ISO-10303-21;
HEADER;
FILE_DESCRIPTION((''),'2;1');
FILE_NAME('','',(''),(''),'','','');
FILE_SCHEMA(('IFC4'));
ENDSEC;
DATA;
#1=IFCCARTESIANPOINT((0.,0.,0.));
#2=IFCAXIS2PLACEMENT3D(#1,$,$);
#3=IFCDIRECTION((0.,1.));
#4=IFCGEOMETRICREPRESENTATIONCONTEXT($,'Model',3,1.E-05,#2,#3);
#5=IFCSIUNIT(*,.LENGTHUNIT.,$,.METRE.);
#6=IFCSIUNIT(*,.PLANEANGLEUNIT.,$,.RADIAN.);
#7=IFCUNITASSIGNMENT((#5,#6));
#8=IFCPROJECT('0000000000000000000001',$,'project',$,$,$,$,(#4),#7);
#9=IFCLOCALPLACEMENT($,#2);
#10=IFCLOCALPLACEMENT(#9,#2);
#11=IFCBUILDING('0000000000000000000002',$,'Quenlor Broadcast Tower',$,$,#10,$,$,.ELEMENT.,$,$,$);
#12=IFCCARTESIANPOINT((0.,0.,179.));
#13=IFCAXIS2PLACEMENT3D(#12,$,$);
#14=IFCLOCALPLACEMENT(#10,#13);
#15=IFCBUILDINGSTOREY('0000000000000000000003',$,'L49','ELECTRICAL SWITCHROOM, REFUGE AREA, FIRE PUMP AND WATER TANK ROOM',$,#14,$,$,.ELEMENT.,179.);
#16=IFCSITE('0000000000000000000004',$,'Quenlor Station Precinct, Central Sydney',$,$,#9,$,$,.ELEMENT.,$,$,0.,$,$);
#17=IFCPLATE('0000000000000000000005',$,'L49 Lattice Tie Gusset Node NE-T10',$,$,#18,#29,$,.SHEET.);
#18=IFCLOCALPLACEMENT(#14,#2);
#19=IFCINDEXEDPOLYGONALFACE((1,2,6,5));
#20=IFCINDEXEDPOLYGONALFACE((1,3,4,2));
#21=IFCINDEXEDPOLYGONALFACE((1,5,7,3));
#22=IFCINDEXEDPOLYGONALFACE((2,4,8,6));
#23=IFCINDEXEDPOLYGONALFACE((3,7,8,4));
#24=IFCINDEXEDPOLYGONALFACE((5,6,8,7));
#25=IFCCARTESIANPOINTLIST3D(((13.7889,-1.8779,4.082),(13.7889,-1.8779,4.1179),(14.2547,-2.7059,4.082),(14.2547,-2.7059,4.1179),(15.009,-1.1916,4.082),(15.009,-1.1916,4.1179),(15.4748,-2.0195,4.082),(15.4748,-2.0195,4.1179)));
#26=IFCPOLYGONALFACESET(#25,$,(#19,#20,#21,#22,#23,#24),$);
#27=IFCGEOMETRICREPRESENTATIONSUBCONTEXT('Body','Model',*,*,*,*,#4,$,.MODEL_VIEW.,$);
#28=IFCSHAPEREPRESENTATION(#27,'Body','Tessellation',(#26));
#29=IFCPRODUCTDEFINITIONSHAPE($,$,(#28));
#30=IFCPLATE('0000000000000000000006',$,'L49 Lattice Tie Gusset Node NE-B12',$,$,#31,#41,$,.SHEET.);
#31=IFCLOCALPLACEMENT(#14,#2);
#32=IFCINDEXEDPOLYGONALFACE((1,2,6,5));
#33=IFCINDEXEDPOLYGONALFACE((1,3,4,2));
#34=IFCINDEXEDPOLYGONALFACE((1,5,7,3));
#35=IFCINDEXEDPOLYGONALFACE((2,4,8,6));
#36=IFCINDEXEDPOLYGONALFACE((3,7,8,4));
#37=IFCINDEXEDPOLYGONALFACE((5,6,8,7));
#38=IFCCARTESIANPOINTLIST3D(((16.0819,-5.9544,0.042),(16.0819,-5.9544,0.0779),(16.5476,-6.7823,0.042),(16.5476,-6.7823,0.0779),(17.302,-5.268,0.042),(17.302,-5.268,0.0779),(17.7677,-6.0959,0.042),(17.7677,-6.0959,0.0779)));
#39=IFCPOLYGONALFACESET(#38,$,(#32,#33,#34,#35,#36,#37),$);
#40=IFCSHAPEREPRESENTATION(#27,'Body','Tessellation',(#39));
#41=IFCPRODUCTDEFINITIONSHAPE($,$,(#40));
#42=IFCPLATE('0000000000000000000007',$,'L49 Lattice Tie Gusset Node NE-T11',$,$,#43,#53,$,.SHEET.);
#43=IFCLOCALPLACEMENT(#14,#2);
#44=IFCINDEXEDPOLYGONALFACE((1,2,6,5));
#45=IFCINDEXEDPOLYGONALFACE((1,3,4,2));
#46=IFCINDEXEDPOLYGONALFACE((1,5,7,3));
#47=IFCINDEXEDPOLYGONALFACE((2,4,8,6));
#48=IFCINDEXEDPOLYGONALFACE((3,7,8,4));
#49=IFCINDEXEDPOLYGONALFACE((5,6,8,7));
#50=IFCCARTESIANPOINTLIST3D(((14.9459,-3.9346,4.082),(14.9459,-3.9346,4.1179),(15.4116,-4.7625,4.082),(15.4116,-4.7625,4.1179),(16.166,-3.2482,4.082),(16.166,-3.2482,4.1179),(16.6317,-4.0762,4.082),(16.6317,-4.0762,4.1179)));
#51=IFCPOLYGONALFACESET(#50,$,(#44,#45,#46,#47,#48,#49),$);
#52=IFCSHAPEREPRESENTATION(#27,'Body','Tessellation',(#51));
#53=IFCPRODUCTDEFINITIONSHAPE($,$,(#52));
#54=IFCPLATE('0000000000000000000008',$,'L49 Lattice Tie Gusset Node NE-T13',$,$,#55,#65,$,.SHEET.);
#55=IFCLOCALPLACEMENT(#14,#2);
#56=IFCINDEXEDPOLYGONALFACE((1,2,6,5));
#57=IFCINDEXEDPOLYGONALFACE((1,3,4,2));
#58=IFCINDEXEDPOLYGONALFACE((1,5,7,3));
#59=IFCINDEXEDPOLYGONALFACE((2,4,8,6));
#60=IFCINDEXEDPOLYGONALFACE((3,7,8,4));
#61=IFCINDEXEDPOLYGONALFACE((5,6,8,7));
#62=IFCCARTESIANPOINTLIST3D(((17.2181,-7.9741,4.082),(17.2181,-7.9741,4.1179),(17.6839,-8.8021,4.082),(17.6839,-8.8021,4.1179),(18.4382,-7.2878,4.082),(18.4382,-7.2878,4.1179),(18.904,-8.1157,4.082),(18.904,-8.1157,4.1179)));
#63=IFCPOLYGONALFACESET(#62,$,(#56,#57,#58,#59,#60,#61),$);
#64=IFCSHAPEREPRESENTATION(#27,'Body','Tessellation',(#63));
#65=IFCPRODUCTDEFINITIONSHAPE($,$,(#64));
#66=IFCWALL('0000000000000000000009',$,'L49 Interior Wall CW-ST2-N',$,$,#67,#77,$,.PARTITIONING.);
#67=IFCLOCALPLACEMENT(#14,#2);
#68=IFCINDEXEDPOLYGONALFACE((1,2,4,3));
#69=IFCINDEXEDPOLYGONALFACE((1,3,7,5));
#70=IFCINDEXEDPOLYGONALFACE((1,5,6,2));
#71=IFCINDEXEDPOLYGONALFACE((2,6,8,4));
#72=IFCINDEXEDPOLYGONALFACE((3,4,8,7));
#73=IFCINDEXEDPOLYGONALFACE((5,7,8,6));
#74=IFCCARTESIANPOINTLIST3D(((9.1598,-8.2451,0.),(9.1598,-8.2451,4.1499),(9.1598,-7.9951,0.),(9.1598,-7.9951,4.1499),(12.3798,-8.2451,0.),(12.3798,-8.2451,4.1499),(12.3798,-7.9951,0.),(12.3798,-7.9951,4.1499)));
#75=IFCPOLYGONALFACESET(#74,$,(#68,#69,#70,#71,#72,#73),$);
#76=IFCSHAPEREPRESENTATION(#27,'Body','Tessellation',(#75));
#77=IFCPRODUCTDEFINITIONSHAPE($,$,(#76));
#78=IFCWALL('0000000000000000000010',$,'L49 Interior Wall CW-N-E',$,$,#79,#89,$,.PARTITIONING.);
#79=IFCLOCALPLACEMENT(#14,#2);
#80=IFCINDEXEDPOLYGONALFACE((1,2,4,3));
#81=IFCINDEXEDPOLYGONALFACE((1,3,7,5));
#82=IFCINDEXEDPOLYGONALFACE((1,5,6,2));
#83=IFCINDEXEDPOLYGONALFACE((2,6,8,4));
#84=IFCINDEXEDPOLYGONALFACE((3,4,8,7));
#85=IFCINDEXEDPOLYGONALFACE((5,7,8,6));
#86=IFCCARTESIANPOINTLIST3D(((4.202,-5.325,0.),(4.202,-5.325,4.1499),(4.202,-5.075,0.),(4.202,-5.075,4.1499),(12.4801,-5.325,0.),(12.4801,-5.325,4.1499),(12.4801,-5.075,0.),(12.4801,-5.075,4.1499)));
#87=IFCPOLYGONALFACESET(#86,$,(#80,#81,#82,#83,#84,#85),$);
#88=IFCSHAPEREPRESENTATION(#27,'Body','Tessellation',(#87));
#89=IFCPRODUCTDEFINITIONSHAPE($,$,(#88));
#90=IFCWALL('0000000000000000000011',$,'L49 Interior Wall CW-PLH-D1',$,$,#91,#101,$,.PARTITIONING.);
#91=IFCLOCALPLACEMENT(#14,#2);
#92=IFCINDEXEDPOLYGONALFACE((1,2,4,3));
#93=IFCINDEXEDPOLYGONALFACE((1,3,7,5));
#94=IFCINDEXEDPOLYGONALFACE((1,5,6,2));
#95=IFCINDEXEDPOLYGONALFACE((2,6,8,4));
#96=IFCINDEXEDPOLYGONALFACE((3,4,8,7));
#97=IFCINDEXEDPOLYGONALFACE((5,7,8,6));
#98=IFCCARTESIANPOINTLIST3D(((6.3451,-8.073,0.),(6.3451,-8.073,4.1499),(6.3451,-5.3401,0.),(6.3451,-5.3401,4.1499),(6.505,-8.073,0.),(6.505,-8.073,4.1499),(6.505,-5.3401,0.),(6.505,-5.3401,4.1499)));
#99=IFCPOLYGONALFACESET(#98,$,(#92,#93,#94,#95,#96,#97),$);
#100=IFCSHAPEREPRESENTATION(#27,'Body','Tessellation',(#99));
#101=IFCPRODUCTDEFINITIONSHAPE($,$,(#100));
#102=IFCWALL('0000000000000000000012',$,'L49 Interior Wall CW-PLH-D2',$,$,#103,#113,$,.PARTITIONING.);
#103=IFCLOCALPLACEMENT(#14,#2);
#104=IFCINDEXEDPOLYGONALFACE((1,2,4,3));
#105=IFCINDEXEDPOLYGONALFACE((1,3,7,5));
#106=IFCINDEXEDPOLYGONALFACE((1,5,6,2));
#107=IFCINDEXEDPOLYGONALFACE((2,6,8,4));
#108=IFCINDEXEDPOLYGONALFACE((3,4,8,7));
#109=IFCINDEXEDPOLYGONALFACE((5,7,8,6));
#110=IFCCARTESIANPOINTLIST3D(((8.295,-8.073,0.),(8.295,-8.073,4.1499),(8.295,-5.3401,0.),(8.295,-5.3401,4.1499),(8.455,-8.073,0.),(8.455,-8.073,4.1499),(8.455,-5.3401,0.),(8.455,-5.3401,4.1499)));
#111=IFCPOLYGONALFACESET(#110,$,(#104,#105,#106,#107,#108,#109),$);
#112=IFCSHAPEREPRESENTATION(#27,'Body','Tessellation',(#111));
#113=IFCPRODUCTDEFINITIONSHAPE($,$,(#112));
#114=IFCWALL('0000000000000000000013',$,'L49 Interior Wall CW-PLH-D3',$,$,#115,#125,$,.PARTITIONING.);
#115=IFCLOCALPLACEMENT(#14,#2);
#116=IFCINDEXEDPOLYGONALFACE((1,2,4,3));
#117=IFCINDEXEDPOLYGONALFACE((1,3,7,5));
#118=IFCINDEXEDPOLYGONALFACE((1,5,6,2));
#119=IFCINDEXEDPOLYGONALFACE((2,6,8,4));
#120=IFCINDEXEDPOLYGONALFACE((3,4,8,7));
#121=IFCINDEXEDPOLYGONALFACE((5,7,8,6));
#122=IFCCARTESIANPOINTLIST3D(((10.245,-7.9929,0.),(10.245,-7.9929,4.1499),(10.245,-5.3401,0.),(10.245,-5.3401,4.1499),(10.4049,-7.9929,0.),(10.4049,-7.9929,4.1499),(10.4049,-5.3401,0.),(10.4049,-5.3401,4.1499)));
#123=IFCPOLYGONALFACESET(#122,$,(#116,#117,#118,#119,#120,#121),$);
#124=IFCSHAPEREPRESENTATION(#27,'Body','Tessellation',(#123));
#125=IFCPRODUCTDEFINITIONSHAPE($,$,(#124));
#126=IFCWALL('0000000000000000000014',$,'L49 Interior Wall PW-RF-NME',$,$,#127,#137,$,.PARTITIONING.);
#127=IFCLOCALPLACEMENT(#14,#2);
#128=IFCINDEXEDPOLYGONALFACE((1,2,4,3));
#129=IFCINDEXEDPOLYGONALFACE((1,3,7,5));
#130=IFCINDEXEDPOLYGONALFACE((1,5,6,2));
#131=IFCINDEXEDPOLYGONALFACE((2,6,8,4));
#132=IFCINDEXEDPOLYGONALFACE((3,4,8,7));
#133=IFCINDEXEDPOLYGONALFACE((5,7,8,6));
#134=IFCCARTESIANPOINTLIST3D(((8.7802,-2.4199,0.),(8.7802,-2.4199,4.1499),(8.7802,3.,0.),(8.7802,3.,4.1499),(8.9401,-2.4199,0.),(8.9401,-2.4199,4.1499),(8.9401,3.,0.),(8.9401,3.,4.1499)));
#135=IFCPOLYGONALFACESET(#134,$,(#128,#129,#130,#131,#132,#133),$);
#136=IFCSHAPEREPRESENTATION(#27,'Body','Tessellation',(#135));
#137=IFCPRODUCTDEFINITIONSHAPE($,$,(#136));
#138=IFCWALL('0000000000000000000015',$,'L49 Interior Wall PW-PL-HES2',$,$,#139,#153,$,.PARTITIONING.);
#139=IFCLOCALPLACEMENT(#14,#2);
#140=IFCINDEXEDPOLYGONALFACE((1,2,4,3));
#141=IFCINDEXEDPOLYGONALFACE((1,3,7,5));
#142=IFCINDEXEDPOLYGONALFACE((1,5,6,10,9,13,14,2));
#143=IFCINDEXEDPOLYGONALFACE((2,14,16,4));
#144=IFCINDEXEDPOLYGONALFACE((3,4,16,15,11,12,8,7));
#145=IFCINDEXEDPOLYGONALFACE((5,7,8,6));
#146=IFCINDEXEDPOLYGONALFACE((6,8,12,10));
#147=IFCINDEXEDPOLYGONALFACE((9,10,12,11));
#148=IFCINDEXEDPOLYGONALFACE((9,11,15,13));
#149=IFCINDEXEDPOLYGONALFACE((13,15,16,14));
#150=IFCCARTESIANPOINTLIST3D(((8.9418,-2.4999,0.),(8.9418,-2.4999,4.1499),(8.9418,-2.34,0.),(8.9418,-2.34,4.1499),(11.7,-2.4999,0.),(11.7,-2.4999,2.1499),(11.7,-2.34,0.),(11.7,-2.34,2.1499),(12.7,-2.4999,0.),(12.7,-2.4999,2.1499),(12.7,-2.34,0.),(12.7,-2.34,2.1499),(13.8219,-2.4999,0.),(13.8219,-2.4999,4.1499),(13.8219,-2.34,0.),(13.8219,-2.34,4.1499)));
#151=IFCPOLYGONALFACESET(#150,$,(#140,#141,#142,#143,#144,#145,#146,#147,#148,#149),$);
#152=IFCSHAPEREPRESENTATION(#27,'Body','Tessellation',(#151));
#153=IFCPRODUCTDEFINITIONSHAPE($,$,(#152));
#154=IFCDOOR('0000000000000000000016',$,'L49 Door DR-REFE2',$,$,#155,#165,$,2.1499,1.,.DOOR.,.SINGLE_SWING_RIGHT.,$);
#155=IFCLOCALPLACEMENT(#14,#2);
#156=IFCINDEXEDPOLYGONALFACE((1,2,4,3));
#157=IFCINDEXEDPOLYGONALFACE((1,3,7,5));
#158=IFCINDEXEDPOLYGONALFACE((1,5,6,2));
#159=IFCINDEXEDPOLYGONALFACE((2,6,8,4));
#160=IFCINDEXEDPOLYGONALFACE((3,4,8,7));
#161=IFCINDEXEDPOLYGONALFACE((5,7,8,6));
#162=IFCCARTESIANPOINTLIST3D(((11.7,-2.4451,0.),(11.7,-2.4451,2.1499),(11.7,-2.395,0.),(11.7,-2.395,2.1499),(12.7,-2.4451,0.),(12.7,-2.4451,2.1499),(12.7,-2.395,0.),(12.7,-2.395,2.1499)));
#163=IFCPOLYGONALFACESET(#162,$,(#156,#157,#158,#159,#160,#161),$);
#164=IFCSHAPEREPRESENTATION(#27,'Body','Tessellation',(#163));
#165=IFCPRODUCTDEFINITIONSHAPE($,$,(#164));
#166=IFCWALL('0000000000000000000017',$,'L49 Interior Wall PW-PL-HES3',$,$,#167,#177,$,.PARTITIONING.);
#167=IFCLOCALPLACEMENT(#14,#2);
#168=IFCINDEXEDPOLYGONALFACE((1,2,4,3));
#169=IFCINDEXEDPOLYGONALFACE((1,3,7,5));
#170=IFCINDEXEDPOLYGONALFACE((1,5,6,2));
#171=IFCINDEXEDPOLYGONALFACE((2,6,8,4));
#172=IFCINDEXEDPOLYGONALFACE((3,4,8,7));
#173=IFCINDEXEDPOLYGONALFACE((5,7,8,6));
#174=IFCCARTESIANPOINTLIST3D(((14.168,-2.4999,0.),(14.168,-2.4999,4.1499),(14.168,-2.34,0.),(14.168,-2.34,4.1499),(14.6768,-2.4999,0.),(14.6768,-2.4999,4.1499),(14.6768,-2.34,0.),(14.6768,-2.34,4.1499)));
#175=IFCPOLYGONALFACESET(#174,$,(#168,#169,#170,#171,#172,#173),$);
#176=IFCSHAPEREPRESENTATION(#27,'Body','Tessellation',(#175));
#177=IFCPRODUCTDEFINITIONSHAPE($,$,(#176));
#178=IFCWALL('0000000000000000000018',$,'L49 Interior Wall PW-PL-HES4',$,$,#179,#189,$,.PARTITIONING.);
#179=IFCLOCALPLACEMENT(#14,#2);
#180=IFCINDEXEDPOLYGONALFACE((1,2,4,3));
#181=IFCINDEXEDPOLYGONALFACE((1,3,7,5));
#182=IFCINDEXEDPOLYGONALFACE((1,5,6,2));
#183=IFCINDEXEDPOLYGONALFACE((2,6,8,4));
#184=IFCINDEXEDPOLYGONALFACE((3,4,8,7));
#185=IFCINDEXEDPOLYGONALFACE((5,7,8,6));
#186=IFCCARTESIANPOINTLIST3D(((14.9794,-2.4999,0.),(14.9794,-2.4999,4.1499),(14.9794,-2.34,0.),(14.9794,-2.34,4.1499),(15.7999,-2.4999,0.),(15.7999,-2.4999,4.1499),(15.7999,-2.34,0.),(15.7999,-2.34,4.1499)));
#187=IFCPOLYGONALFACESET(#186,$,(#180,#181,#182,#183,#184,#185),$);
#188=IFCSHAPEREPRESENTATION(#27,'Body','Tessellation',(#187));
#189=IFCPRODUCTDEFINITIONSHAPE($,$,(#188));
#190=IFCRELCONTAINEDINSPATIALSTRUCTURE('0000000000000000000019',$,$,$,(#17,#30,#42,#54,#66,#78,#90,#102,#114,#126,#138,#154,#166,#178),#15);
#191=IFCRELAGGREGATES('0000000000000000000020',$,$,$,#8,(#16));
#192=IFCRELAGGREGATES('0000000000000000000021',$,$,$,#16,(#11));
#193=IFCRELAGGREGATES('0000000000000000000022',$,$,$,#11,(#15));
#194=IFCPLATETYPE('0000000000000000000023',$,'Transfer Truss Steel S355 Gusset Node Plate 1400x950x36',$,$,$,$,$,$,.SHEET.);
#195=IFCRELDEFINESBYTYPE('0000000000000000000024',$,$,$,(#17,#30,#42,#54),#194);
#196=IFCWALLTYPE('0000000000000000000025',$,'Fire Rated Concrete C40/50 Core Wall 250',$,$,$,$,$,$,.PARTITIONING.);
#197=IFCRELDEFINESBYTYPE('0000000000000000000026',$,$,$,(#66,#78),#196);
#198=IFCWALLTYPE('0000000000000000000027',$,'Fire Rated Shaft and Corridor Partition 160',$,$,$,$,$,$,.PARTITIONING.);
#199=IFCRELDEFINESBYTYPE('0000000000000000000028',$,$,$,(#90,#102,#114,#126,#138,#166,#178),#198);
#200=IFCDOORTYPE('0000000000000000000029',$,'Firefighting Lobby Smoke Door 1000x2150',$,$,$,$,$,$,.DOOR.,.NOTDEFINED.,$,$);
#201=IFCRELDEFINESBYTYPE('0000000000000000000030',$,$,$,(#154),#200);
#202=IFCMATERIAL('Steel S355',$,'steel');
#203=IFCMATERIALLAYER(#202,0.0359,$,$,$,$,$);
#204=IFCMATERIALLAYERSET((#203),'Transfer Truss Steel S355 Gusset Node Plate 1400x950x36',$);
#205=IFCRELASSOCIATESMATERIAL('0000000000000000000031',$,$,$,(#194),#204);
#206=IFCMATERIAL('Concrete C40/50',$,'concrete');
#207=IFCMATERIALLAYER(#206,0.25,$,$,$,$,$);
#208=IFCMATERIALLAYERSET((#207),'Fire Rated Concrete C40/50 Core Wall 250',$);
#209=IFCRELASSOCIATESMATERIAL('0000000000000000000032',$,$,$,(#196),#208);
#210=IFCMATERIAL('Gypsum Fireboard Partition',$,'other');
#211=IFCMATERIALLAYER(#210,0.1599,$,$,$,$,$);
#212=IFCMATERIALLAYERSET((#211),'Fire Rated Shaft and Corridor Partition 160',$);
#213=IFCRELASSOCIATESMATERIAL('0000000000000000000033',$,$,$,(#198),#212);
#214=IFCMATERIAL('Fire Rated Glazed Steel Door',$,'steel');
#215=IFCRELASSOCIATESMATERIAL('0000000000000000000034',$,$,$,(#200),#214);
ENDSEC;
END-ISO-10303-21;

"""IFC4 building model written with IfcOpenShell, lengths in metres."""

from ifc_helpers import new_model, si_unit, direction, frame, frame_2d, origin, origin_2d, place, context, subcontext, project, spatial, rectangle, extrude, material, layer, layer_set, type_object, element, fill, save


model = new_model("IFC4")

# Units and contexts
model_context = context("Model", 3, precision=1e-05, world=origin(), true_north=direction((0.0, 1.0)))
body_context = subcontext(model_context, "Body", "Model", "MODEL_VIEW")
ifc_project = project(units=[si_unit("LENGTHUNIT", "METRE"), si_unit("PLANEANGLEUNIT", "RADIAN")], contexts=[model_context])

# Site, building, storey
site_placement = place(None, origin())
site = spatial("IfcSite", under=ifc_project, at=site_placement, Name="Quenlor Station Precinct, Central Sydney", CompositionType="ELEMENT", RefElevation=0.0)
building_placement = place(site_placement, origin())
building = spatial("IfcBuilding", under=site, at=building_placement, Name="Quenlor Broadcast Tower", CompositionType="ELEMENT")
storey_placement = place(building_placement, frame((0.0, 0.0, 179.0)))
storey = spatial("IfcBuildingStorey", under=building, at=storey_placement, Name="L49", Description="ELECTRICAL SWITCHROOM, REFUGE AREA, FIRE PUMP AND WATER TANK ROOM", CompositionType="ELEMENT", Elevation=179.0)

# Plates
ifc_material_1 = material(Name="Steel S355", Category="steel")
ifc_layer_1 = layer(ifc_material_1, 0.0359)
ifc_layer_set_1 = layer_set([ifc_layer_1], Name="Transfer Truss Steel S355 Gusset Node Plate 1400x950x36")
plate_type = type_object("IfcPlateType", Name="Transfer Truss Steel S355 Gusset Node Plate 1400x950x36", PredefinedType="SHEET", material=ifc_layer_set_1)
for number, where, z_axis, x_axis, name in (
    (1, (14.6318, -1.9487, 4.082), (0.0, 0.0, 1.0), (0.871556, 0.490295, 0.0), "L49 Lattice Tie Gusset Node NE-T10"),
    (2, (16.9248, -6.0251, 0.042), (0.0, 0.0, 1.0), (0.871556, 0.490295, 0.0), "L49 Lattice Tie Gusset Node NE-B12"),
    (3, (15.7888, -4.0054, 4.082), (0.0, 0.0, 1.0), (0.871556, 0.490295, 0.0), "L49 Lattice Tie Gusset Node NE-T11"),
    (4, (18.061, -8.0449, 4.082), (0.0, 0.0, 1.0), (0.871556, 0.490295, 0.0), "L49 Lattice Tie Gusset Node NE-T13"),
):
    element("IfcPlate", number, at=place(storey_placement, frame(where, z_axis=z_axis, x_axis=x_axis)), inside=storey, type_object=plate_type, Name=name, PredefinedType="SHEET", context=body_context, shape_type="SweptSolid", body=[
        extrude(rectangle(XDim=1.3999, YDim=0.95, at=origin_2d()), origin(), (0.0, 0.0, 1.0), 0.0359),
    ])

# Walls
ifc_material_2 = material(Name="Concrete C40/50", Category="concrete")
ifc_layer_2 = layer(ifc_material_2, 0.25)
ifc_layer_set_2 = layer_set([ifc_layer_2], Name="Fire Rated Concrete C40/50 Core Wall 250")
wall_type_1 = type_object("IfcWallType", Name="Fire Rated Concrete C40/50 Core Wall 250", PredefinedType="PARTITIONING", material=ifc_layer_set_2)
wall_1_placement = place(storey_placement, frame((9.1599, -8.1201, 0.0), z_axis=(0.0, 0.0, 1.0), x_axis=(1.0, 0.0, 0.0)))
element("IfcWall", 5, at=wall_1_placement, inside=storey, type_object=wall_type_1, Name="L49 Interior Wall CW-ST2-N", PredefinedType="PARTITIONING", context=body_context, shape_type="SweptSolid", body=[
    extrude(rectangle(XDim=3.22, YDim=0.25, at=frame_2d((1.6099, 0.0))), origin(), (0.0, 0.0, 1.0), 4.1499),
])
wall_2_placement = place(storey_placement, frame((4.2019, -5.2, 0.0), z_axis=(0.0, 0.0, 1.0), x_axis=(1.0, 0.0, 0.0)))
element("IfcWall", 6, at=wall_2_placement, inside=storey, type_object=wall_type_1, Name="L49 Interior Wall CW-N-E", PredefinedType="PARTITIONING", context=body_context, shape_type="SweptSolid", body=[
    extrude(rectangle(XDim=8.2781, YDim=0.25, at=frame_2d((4.1392, 0.0))), origin(), (0.0, 0.0, 1.0), 4.1499),
])
ifc_material_3 = material(Name="Gypsum Fireboard Partition", Category="other")
ifc_layer_3 = layer(ifc_material_3, 0.1599)
ifc_layer_set_3 = layer_set([ifc_layer_3], Name="Fire Rated Shaft and Corridor Partition 160")
wall_type_2 = type_object("IfcWallType", Name="Fire Rated Shaft and Corridor Partition 160", PredefinedType="PARTITIONING", material=ifc_layer_set_3)
for number, where, z_axis, x_axis, name in (
    (7, (6.425, -8.073, 0.0), (0.0, 0.0, 1.0), (0.0, 1.0, 0.0), "L49 Interior Wall CW-PLH-D1"),
    (8, (8.375, -8.073, 0.0), (0.0, 0.0, 1.0), (0.0, 1.0, 0.0), "L49 Interior Wall CW-PLH-D2"),
):
    element("IfcWall", number, at=place(storey_placement, frame(where, z_axis=z_axis, x_axis=x_axis)), inside=storey, type_object=wall_type_2, Name=name, PredefinedType="PARTITIONING", context=body_context, shape_type="SweptSolid", body=[
        extrude(rectangle(XDim=2.7329, YDim=0.1599, at=frame_2d((1.3665, 0.0))), origin(), (0.0, 0.0, 1.0), 4.1499),
    ])
wall_3_placement = place(storey_placement, frame((10.325, -7.9929, 0.0), z_axis=(0.0, 0.0, 1.0), x_axis=(0.0, 1.0, 0.0)))
element("IfcWall", 9, at=wall_3_placement, inside=storey, type_object=wall_type_2, Name="L49 Interior Wall CW-PLH-D3", PredefinedType="PARTITIONING", context=body_context, shape_type="SweptSolid", body=[
    extrude(rectangle(XDim=2.6528, YDim=0.1599, at=frame_2d((1.3264, 0.0))), origin(), (0.0, 0.0, 1.0), 4.1499),
])
wall_4_placement = place(storey_placement, frame((8.8601, -2.4199, 0.0), z_axis=(0.0, 0.0, 1.0), x_axis=(0.0, 1.0, 0.0)))
element("IfcWall", 10, at=wall_4_placement, inside=storey, type_object=wall_type_2, Name="L49 Interior Wall PW-RF-NME", PredefinedType="PARTITIONING", context=body_context, shape_type="SweptSolid", body=[
    extrude(rectangle(XDim=5.4199, YDim=0.1599, at=frame_2d((2.71, 0.0))), origin(), (0.0, 0.0, 1.0), 4.1499),
])

# Wall, opening, door
wall_5_placement = place(storey_placement, frame((8.9419, -2.4199, 0.0), z_axis=(0.0, 0.0, 1.0), x_axis=(1.0, 0.0, 0.0)))
wall_5 = element("IfcWall", 11, at=wall_5_placement, inside=storey, type_object=wall_type_2, Name="L49 Interior Wall PW-PL-HES2", PredefinedType="PARTITIONING", context=body_context, shape_type="SweptSolid", body=[
    extrude(rectangle(XDim=4.8801, YDim=0.1599, at=frame_2d((2.4399, 0.0))), origin(), (0.0, 0.0, 1.0), 4.1499),
])
opening_1_placement = place(wall_5_placement, frame((2.7581, 0.0, 0.0)))
opening_1 = element("IfcOpeningElement", 12, at=opening_1_placement, cuts=wall_5, PredefinedType="OPENING", context=body_context, shape_type="SweptSolid", body=[
    extrude(rectangle(XDim=1.0, YDim=2.1499, at=frame_2d((0.5, 1.075))), frame((0.0, 0.0898, 0.0), z_axis=(0.0, -1.0, 0.0), x_axis=(1.0, 0.0, 0.0)), (0.0, 0.0, 1.0), 0.1799),
])
ifc_material_4 = material(Name="Fire Rated Glazed Steel Door", Category="steel")
door_type = type_object("IfcDoorType", Name="Firefighting Lobby Smoke Door 1000x2150", OperationType="NOTDEFINED", PredefinedType="DOOR", material=ifc_material_4)
door_1_placement = place(opening_1_placement, origin())
door_1 = element("IfcDoor", 13, at=door_1_placement, inside=storey, type_object=door_type, Name="L49 Door DR-REFE2", OperationType="SINGLE_SWING_RIGHT", OverallHeight=2.1499, OverallWidth=1.0, PredefinedType="DOOR", context=body_context, shape_type="SweptSolid", body=[
    extrude(rectangle(XDim=1.0, YDim=2.1499, at=frame_2d((0.5, 1.075))), frame((0.0, 0.0249, 0.0), z_axis=(0.0, -1.0, 0.0), x_axis=(1.0, 0.0, 0.0)), (0.0, 0.0, 1.0), 0.05),
])
fill(opening_1, door_1)

# Walls
wall_6_placement = place(storey_placement, frame((14.168, -2.4199, 0.0), z_axis=(0.0, 0.0, 1.0), x_axis=(1.0, 0.0, 0.0)))
element("IfcWall", 14, at=wall_6_placement, inside=storey, type_object=wall_type_2, Name="L49 Interior Wall PW-PL-HES3", PredefinedType="PARTITIONING", context=body_context, shape_type="SweptSolid", body=[
    extrude(rectangle(XDim=0.5088, YDim=0.1599, at=frame_2d((0.2544, 0.0))), origin(), (0.0, 0.0, 1.0), 4.1499),
])
wall_7_placement = place(storey_placement, frame((14.9795, -2.4199, 0.0), z_axis=(0.0, 0.0, 1.0), x_axis=(1.0, 0.0, 0.0)))
element("IfcWall", 15, at=wall_7_placement, inside=storey, type_object=wall_type_2, Name="L49 Interior Wall PW-PL-HES4", PredefinedType="PARTITIONING", context=body_context, shape_type="SweptSolid", body=[
    extrude(rectangle(XDim=0.8206, YDim=0.1599, at=frame_2d((0.4102, 0.0))), origin(), (0.0, 0.0, 1.0), 4.1499),
])

save(model, "model.ifc")
